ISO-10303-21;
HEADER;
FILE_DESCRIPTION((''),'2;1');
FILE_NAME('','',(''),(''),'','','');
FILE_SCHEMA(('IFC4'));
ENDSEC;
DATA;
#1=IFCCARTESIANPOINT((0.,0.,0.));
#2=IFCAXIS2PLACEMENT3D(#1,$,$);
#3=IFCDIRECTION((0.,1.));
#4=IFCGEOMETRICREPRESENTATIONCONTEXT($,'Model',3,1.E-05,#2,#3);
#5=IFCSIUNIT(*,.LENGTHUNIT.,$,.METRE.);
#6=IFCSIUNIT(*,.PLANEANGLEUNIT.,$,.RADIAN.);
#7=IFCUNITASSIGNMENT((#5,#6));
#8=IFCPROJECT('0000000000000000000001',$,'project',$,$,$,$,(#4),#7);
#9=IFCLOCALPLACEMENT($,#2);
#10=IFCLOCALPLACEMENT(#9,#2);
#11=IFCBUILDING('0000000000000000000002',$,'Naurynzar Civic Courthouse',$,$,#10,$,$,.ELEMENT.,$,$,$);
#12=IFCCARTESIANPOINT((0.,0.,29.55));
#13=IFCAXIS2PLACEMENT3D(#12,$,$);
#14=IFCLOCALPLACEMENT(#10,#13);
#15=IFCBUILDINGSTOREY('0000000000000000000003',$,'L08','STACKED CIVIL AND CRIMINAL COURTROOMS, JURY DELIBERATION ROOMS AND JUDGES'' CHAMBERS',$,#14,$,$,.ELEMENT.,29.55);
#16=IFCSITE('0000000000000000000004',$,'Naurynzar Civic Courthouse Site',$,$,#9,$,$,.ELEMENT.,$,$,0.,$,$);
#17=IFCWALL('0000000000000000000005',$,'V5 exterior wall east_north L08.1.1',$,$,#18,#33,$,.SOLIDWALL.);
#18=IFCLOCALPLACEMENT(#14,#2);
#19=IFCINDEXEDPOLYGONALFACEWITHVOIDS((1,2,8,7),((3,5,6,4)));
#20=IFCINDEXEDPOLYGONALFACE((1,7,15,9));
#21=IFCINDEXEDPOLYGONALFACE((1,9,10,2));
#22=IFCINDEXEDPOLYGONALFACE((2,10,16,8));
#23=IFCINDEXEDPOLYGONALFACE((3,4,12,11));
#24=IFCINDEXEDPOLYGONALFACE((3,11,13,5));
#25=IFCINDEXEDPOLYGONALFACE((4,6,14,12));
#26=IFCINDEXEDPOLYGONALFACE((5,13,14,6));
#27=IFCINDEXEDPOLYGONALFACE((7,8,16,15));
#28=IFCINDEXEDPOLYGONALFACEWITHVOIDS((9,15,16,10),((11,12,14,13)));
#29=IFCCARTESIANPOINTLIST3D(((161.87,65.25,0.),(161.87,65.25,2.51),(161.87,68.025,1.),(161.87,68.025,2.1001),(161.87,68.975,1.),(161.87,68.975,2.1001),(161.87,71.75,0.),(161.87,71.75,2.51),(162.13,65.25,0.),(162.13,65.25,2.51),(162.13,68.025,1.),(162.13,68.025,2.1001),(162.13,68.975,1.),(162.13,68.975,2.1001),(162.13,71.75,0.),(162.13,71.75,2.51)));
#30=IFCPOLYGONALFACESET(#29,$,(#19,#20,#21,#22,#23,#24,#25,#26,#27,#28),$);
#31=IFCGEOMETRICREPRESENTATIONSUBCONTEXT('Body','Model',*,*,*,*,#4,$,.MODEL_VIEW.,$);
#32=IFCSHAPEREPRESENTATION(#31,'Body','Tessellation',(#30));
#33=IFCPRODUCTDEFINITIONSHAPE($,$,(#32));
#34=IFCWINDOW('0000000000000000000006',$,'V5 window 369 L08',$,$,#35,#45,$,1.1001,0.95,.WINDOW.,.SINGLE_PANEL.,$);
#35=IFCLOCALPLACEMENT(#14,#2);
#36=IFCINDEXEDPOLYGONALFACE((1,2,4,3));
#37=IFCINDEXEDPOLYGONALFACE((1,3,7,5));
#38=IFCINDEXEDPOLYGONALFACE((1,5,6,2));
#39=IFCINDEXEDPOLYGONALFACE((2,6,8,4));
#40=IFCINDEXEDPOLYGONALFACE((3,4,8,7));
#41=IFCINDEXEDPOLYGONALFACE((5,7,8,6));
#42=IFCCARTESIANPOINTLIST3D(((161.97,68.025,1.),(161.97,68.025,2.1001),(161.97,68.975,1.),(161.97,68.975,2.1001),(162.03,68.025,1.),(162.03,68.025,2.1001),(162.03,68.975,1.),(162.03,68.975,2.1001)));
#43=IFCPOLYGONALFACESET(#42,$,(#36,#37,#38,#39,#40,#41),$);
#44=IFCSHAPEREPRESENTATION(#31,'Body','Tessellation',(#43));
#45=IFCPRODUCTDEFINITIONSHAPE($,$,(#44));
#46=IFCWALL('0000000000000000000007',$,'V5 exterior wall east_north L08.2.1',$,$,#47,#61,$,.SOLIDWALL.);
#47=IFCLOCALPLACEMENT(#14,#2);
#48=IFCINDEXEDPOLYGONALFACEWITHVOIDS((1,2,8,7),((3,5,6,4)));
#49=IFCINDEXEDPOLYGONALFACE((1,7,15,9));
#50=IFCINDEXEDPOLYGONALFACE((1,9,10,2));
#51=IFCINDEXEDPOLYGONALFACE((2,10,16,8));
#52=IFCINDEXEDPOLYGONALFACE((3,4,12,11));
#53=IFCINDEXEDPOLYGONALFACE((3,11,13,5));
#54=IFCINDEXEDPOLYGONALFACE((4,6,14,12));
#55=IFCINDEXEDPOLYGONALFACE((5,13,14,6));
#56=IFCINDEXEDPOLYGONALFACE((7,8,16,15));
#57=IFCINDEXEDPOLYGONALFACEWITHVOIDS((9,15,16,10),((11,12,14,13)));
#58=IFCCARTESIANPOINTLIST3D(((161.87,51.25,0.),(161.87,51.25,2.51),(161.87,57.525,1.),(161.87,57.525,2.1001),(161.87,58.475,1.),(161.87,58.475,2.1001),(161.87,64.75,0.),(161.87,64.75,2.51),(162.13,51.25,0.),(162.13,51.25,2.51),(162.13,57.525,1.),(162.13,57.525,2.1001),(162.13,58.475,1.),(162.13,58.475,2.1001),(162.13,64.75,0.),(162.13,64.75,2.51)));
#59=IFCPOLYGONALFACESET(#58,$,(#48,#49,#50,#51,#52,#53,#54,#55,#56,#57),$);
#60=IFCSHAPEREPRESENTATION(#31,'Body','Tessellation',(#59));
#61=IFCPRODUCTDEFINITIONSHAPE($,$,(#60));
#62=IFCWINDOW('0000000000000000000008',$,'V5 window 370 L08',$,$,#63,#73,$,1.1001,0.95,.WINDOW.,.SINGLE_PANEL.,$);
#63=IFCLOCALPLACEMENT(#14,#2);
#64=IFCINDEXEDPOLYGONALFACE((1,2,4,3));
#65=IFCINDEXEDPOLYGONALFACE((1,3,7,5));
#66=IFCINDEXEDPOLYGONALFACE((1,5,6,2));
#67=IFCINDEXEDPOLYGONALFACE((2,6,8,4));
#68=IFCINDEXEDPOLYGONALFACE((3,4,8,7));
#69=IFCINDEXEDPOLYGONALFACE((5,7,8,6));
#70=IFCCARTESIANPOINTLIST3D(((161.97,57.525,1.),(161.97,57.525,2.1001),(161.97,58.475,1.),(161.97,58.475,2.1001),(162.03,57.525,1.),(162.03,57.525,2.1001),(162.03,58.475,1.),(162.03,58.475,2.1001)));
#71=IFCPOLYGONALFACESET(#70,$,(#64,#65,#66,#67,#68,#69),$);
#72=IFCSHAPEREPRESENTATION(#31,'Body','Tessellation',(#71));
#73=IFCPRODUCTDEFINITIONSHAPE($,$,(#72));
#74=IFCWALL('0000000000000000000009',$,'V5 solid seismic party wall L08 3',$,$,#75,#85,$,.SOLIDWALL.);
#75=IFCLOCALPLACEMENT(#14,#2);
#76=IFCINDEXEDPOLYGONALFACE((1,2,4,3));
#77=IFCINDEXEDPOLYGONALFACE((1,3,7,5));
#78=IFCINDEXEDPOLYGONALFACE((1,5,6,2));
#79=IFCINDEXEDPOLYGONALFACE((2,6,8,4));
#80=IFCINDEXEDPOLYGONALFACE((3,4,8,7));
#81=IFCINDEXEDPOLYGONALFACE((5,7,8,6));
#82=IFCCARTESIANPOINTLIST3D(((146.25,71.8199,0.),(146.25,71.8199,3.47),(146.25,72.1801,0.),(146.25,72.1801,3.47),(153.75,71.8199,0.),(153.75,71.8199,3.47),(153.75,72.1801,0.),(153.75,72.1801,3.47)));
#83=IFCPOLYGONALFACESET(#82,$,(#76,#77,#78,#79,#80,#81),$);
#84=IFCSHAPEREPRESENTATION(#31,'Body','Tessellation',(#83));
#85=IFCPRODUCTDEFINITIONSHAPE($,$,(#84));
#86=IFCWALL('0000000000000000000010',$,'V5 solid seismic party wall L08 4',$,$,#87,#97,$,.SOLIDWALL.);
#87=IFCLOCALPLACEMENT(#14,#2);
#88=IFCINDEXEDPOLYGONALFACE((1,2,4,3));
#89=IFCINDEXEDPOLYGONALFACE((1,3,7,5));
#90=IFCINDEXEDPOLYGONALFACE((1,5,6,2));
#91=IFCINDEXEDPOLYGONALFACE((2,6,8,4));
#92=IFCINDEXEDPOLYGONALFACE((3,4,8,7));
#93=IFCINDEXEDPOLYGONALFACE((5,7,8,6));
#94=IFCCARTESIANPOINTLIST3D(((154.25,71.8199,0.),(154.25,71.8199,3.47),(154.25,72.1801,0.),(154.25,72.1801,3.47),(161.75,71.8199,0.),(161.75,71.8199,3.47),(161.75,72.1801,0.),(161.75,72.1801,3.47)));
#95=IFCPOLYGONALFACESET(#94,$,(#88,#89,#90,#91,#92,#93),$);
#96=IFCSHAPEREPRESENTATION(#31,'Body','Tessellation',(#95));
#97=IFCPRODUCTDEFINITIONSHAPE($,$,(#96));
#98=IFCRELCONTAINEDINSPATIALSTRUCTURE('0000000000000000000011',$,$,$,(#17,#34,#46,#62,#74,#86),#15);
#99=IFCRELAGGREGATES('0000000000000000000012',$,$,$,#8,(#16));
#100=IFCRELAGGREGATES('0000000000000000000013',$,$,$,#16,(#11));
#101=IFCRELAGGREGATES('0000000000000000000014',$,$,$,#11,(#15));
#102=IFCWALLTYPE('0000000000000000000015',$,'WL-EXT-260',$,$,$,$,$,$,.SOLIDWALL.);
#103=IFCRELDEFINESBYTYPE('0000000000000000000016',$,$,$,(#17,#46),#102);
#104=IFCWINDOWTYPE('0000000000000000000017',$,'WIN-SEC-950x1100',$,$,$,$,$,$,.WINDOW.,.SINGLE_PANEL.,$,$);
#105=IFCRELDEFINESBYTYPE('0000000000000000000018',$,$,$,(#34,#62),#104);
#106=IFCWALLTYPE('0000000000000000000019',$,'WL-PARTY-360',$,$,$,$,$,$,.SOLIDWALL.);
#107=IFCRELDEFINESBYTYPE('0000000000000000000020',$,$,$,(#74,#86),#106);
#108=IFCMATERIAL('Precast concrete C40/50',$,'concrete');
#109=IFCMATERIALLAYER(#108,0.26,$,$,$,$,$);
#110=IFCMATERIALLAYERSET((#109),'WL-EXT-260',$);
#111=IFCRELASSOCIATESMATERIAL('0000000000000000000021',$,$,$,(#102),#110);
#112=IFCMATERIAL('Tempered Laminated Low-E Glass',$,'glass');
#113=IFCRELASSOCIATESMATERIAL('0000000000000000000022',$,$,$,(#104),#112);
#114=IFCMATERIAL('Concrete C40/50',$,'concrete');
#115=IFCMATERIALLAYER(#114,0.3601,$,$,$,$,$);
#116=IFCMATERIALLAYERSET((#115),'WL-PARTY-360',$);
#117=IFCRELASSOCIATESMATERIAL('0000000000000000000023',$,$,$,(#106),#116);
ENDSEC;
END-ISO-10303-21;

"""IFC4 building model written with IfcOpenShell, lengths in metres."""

from ifc_helpers import new_model, si_unit, direction, frame, frame_2d, origin, place, context, subcontext, project, spatial, rectangle, extrude, material, layer, layer_set, type_object, element, fill, save


model = new_model("IFC4")

# Units and contexts
model_context = context("Model", 3, precision=1e-05, world=origin(), true_north=direction((0.0, 1.0)))
body_context = subcontext(model_context, "Body", "Model", "MODEL_VIEW")
ifc_project = project(units=[si_unit("LENGTHUNIT", "METRE"), si_unit("PLANEANGLEUNIT", "RADIAN")], contexts=[model_context])

# Site, building, storey
site_placement = place(None, origin())
site = spatial("IfcSite", under=ifc_project, at=site_placement, Name="Naurynzar Civic Courthouse Site", CompositionType="ELEMENT", RefElevation=0.0)
building_placement = place(site_placement, origin())
building = spatial("IfcBuilding", under=site, at=building_placement, Name="Naurynzar Civic Courthouse", CompositionType="ELEMENT")
storey_placement = place(building_placement, frame((0.0, 0.0, 29.55)))
storey = spatial("IfcBuildingStorey", under=building, at=storey_placement, Name="L08", Description="STACKED CIVIL AND CRIMINAL COURTROOMS, JURY DELIBERATION ROOMS AND JUDGES' CHAMBERS", CompositionType="ELEMENT", Elevation=29.55)

# Walls, openings, windows
ifc_material_1 = material(Name="Precast concrete C40/50", Category="concrete")
ifc_layer_1 = layer(ifc_material_1, 0.26)
ifc_layer_set_1 = layer_set([ifc_layer_1], Name="WL-EXT-260")
wall_type_1 = type_object("IfcWallType", Name="WL-EXT-260", PredefinedType="SOLIDWALL", material=ifc_layer_set_1)
wall_1_placement = place(storey_placement, frame((162.0, 71.75, 0.0), z_axis=(0.0, 0.0, 1.0), x_axis=(0.0, -1.0, 0.0)))
wall_1 = element("IfcWall", 1, at=wall_1_placement, inside=storey, type_object=wall_type_1, Name="V5 exterior wall east_north L08.1.1", PredefinedType="SOLIDWALL", context=body_context, shape_type="SweptSolid", body=[
    extrude(rectangle(XDim=6.5, YDim=0.26, at=frame_2d((3.25, 0.0))), origin(), (0.0, 0.0, 1.0), 2.51),
])
opening_1_placement = place(wall_1_placement, frame((2.7749, 0.0, 1.0)))
opening_1 = element("IfcOpeningElement", 2, at=opening_1_placement, cuts=wall_1, PredefinedType="OPENING", context=body_context, shape_type="SweptSolid", body=[
    extrude(rectangle(XDim=0.95, YDim=1.1001, at=frame_2d((0.4751, 0.55))), frame((0.0, 0.1399, 0.0), z_axis=(0.0, -1.0, 0.0), x_axis=(1.0, 0.0, 0.0)), (0.0, 0.0, 1.0), 0.28),
])
ifc_material_2 = material(Name="Tempered Laminated Low-E Glass", Category="glass")
window_type = type_object("IfcWindowType", Name="WIN-SEC-950x1100", PartitioningType="SINGLE_PANEL", PredefinedType="WINDOW", material=ifc_material_2)
window_1_placement = place(opening_1_placement, origin())
window_1 = element("IfcWindow", 3, at=window_1_placement, inside=storey, type_object=window_type, Name="V5 window 369 L08", OverallHeight=1.1001, OverallWidth=0.95, PartitioningType="SINGLE_PANEL", PredefinedType="WINDOW", context=body_context, shape_type="SweptSolid", body=[
    extrude(rectangle(XDim=0.95, YDim=1.1001, at=frame_2d((0.4751, 0.55))), frame((0.0, 0.03, 0.0), z_axis=(0.0, -1.0, 0.0), x_axis=(1.0, 0.0, 0.0)), (0.0, 0.0, 1.0), 0.0601),
])
fill(opening_1, window_1)
wall_2_placement = place(storey_placement, frame((162.0, 64.75, 0.0), z_axis=(0.0, 0.0, 1.0), x_axis=(0.0, -1.0, 0.0)))
wall_2 = element("IfcWall", 4, at=wall_2_placement, inside=storey, type_object=wall_type_1, Name="V5 exterior wall east_north L08.2.1", PredefinedType="SOLIDWALL", context=body_context, shape_type="SweptSolid", body=[
    extrude(rectangle(XDim=13.5, YDim=0.26, at=frame_2d((6.75, 0.0))), origin(), (0.0, 0.0, 1.0), 2.51),
])
opening_2_placement = place(wall_2_placement, frame((6.2749, 0.0, 1.0)))
opening_2 = element("IfcOpeningElement", 5, at=opening_2_placement, cuts=wall_2, PredefinedType="OPENING", context=body_context, shape_type="SweptSolid", body=[
    extrude(rectangle(XDim=0.95, YDim=1.1001, at=frame_2d((0.4751, 0.55))), frame((0.0, 0.1399, 0.0), z_axis=(0.0, -1.0, 0.0), x_axis=(1.0, 0.0, 0.0)), (0.0, 0.0, 1.0), 0.28),
])
window_2_placement = place(opening_2_placement, origin())
window_2 = element("IfcWindow", 6, at=window_2_placement, inside=storey, type_object=window_type, Name="V5 window 370 L08", OverallHeight=1.1001, OverallWidth=0.95, PartitioningType="SINGLE_PANEL", PredefinedType="WINDOW", context=body_context, shape_type="SweptSolid", body=[
    extrude(rectangle(XDim=0.95, YDim=1.1001, at=frame_2d((0.4751, 0.55))), frame((0.0, 0.03, 0.0), z_axis=(0.0, -1.0, 0.0), x_axis=(1.0, 0.0, 0.0)), (0.0, 0.0, 1.0), 0.0601),
])
fill(opening_2, window_2)

# Walls
ifc_material_3 = material(Name="Concrete C40/50", Category="concrete")
ifc_layer_2 = layer(ifc_material_3, 0.3601)
ifc_layer_set_2 = layer_set([ifc_layer_2], Name="WL-PARTY-360")
wall_type_2 = type_object("IfcWallType", Name="WL-PARTY-360", PredefinedType="SOLIDWALL", material=ifc_layer_set_2)
for number, where, z_axis, x_axis, name in (
    (7, (146.25, 72.0, 0.0), (0.0, 0.0, 1.0), (1.0, 0.0, 0.0), "V5 solid seismic party wall L08 3"),
    (8, (154.25, 72.0, 0.0), (0.0, 0.0, 1.0), (1.0, 0.0, 0.0), "V5 solid seismic party wall L08 4"),
):
    element("IfcWall", number, at=place(storey_placement, frame(where, z_axis=z_axis, x_axis=x_axis)), inside=storey, type_object=wall_type_2, Name=name, PredefinedType="SOLIDWALL", context=body_context, shape_type="SweptSolid", body=[
        extrude(rectangle(XDim=7.5, YDim=0.3601, at=frame_2d((3.75, 0.0))), origin(), (0.0, 0.0, 1.0), 3.47),
    ])

save(model, "model.ifc")
